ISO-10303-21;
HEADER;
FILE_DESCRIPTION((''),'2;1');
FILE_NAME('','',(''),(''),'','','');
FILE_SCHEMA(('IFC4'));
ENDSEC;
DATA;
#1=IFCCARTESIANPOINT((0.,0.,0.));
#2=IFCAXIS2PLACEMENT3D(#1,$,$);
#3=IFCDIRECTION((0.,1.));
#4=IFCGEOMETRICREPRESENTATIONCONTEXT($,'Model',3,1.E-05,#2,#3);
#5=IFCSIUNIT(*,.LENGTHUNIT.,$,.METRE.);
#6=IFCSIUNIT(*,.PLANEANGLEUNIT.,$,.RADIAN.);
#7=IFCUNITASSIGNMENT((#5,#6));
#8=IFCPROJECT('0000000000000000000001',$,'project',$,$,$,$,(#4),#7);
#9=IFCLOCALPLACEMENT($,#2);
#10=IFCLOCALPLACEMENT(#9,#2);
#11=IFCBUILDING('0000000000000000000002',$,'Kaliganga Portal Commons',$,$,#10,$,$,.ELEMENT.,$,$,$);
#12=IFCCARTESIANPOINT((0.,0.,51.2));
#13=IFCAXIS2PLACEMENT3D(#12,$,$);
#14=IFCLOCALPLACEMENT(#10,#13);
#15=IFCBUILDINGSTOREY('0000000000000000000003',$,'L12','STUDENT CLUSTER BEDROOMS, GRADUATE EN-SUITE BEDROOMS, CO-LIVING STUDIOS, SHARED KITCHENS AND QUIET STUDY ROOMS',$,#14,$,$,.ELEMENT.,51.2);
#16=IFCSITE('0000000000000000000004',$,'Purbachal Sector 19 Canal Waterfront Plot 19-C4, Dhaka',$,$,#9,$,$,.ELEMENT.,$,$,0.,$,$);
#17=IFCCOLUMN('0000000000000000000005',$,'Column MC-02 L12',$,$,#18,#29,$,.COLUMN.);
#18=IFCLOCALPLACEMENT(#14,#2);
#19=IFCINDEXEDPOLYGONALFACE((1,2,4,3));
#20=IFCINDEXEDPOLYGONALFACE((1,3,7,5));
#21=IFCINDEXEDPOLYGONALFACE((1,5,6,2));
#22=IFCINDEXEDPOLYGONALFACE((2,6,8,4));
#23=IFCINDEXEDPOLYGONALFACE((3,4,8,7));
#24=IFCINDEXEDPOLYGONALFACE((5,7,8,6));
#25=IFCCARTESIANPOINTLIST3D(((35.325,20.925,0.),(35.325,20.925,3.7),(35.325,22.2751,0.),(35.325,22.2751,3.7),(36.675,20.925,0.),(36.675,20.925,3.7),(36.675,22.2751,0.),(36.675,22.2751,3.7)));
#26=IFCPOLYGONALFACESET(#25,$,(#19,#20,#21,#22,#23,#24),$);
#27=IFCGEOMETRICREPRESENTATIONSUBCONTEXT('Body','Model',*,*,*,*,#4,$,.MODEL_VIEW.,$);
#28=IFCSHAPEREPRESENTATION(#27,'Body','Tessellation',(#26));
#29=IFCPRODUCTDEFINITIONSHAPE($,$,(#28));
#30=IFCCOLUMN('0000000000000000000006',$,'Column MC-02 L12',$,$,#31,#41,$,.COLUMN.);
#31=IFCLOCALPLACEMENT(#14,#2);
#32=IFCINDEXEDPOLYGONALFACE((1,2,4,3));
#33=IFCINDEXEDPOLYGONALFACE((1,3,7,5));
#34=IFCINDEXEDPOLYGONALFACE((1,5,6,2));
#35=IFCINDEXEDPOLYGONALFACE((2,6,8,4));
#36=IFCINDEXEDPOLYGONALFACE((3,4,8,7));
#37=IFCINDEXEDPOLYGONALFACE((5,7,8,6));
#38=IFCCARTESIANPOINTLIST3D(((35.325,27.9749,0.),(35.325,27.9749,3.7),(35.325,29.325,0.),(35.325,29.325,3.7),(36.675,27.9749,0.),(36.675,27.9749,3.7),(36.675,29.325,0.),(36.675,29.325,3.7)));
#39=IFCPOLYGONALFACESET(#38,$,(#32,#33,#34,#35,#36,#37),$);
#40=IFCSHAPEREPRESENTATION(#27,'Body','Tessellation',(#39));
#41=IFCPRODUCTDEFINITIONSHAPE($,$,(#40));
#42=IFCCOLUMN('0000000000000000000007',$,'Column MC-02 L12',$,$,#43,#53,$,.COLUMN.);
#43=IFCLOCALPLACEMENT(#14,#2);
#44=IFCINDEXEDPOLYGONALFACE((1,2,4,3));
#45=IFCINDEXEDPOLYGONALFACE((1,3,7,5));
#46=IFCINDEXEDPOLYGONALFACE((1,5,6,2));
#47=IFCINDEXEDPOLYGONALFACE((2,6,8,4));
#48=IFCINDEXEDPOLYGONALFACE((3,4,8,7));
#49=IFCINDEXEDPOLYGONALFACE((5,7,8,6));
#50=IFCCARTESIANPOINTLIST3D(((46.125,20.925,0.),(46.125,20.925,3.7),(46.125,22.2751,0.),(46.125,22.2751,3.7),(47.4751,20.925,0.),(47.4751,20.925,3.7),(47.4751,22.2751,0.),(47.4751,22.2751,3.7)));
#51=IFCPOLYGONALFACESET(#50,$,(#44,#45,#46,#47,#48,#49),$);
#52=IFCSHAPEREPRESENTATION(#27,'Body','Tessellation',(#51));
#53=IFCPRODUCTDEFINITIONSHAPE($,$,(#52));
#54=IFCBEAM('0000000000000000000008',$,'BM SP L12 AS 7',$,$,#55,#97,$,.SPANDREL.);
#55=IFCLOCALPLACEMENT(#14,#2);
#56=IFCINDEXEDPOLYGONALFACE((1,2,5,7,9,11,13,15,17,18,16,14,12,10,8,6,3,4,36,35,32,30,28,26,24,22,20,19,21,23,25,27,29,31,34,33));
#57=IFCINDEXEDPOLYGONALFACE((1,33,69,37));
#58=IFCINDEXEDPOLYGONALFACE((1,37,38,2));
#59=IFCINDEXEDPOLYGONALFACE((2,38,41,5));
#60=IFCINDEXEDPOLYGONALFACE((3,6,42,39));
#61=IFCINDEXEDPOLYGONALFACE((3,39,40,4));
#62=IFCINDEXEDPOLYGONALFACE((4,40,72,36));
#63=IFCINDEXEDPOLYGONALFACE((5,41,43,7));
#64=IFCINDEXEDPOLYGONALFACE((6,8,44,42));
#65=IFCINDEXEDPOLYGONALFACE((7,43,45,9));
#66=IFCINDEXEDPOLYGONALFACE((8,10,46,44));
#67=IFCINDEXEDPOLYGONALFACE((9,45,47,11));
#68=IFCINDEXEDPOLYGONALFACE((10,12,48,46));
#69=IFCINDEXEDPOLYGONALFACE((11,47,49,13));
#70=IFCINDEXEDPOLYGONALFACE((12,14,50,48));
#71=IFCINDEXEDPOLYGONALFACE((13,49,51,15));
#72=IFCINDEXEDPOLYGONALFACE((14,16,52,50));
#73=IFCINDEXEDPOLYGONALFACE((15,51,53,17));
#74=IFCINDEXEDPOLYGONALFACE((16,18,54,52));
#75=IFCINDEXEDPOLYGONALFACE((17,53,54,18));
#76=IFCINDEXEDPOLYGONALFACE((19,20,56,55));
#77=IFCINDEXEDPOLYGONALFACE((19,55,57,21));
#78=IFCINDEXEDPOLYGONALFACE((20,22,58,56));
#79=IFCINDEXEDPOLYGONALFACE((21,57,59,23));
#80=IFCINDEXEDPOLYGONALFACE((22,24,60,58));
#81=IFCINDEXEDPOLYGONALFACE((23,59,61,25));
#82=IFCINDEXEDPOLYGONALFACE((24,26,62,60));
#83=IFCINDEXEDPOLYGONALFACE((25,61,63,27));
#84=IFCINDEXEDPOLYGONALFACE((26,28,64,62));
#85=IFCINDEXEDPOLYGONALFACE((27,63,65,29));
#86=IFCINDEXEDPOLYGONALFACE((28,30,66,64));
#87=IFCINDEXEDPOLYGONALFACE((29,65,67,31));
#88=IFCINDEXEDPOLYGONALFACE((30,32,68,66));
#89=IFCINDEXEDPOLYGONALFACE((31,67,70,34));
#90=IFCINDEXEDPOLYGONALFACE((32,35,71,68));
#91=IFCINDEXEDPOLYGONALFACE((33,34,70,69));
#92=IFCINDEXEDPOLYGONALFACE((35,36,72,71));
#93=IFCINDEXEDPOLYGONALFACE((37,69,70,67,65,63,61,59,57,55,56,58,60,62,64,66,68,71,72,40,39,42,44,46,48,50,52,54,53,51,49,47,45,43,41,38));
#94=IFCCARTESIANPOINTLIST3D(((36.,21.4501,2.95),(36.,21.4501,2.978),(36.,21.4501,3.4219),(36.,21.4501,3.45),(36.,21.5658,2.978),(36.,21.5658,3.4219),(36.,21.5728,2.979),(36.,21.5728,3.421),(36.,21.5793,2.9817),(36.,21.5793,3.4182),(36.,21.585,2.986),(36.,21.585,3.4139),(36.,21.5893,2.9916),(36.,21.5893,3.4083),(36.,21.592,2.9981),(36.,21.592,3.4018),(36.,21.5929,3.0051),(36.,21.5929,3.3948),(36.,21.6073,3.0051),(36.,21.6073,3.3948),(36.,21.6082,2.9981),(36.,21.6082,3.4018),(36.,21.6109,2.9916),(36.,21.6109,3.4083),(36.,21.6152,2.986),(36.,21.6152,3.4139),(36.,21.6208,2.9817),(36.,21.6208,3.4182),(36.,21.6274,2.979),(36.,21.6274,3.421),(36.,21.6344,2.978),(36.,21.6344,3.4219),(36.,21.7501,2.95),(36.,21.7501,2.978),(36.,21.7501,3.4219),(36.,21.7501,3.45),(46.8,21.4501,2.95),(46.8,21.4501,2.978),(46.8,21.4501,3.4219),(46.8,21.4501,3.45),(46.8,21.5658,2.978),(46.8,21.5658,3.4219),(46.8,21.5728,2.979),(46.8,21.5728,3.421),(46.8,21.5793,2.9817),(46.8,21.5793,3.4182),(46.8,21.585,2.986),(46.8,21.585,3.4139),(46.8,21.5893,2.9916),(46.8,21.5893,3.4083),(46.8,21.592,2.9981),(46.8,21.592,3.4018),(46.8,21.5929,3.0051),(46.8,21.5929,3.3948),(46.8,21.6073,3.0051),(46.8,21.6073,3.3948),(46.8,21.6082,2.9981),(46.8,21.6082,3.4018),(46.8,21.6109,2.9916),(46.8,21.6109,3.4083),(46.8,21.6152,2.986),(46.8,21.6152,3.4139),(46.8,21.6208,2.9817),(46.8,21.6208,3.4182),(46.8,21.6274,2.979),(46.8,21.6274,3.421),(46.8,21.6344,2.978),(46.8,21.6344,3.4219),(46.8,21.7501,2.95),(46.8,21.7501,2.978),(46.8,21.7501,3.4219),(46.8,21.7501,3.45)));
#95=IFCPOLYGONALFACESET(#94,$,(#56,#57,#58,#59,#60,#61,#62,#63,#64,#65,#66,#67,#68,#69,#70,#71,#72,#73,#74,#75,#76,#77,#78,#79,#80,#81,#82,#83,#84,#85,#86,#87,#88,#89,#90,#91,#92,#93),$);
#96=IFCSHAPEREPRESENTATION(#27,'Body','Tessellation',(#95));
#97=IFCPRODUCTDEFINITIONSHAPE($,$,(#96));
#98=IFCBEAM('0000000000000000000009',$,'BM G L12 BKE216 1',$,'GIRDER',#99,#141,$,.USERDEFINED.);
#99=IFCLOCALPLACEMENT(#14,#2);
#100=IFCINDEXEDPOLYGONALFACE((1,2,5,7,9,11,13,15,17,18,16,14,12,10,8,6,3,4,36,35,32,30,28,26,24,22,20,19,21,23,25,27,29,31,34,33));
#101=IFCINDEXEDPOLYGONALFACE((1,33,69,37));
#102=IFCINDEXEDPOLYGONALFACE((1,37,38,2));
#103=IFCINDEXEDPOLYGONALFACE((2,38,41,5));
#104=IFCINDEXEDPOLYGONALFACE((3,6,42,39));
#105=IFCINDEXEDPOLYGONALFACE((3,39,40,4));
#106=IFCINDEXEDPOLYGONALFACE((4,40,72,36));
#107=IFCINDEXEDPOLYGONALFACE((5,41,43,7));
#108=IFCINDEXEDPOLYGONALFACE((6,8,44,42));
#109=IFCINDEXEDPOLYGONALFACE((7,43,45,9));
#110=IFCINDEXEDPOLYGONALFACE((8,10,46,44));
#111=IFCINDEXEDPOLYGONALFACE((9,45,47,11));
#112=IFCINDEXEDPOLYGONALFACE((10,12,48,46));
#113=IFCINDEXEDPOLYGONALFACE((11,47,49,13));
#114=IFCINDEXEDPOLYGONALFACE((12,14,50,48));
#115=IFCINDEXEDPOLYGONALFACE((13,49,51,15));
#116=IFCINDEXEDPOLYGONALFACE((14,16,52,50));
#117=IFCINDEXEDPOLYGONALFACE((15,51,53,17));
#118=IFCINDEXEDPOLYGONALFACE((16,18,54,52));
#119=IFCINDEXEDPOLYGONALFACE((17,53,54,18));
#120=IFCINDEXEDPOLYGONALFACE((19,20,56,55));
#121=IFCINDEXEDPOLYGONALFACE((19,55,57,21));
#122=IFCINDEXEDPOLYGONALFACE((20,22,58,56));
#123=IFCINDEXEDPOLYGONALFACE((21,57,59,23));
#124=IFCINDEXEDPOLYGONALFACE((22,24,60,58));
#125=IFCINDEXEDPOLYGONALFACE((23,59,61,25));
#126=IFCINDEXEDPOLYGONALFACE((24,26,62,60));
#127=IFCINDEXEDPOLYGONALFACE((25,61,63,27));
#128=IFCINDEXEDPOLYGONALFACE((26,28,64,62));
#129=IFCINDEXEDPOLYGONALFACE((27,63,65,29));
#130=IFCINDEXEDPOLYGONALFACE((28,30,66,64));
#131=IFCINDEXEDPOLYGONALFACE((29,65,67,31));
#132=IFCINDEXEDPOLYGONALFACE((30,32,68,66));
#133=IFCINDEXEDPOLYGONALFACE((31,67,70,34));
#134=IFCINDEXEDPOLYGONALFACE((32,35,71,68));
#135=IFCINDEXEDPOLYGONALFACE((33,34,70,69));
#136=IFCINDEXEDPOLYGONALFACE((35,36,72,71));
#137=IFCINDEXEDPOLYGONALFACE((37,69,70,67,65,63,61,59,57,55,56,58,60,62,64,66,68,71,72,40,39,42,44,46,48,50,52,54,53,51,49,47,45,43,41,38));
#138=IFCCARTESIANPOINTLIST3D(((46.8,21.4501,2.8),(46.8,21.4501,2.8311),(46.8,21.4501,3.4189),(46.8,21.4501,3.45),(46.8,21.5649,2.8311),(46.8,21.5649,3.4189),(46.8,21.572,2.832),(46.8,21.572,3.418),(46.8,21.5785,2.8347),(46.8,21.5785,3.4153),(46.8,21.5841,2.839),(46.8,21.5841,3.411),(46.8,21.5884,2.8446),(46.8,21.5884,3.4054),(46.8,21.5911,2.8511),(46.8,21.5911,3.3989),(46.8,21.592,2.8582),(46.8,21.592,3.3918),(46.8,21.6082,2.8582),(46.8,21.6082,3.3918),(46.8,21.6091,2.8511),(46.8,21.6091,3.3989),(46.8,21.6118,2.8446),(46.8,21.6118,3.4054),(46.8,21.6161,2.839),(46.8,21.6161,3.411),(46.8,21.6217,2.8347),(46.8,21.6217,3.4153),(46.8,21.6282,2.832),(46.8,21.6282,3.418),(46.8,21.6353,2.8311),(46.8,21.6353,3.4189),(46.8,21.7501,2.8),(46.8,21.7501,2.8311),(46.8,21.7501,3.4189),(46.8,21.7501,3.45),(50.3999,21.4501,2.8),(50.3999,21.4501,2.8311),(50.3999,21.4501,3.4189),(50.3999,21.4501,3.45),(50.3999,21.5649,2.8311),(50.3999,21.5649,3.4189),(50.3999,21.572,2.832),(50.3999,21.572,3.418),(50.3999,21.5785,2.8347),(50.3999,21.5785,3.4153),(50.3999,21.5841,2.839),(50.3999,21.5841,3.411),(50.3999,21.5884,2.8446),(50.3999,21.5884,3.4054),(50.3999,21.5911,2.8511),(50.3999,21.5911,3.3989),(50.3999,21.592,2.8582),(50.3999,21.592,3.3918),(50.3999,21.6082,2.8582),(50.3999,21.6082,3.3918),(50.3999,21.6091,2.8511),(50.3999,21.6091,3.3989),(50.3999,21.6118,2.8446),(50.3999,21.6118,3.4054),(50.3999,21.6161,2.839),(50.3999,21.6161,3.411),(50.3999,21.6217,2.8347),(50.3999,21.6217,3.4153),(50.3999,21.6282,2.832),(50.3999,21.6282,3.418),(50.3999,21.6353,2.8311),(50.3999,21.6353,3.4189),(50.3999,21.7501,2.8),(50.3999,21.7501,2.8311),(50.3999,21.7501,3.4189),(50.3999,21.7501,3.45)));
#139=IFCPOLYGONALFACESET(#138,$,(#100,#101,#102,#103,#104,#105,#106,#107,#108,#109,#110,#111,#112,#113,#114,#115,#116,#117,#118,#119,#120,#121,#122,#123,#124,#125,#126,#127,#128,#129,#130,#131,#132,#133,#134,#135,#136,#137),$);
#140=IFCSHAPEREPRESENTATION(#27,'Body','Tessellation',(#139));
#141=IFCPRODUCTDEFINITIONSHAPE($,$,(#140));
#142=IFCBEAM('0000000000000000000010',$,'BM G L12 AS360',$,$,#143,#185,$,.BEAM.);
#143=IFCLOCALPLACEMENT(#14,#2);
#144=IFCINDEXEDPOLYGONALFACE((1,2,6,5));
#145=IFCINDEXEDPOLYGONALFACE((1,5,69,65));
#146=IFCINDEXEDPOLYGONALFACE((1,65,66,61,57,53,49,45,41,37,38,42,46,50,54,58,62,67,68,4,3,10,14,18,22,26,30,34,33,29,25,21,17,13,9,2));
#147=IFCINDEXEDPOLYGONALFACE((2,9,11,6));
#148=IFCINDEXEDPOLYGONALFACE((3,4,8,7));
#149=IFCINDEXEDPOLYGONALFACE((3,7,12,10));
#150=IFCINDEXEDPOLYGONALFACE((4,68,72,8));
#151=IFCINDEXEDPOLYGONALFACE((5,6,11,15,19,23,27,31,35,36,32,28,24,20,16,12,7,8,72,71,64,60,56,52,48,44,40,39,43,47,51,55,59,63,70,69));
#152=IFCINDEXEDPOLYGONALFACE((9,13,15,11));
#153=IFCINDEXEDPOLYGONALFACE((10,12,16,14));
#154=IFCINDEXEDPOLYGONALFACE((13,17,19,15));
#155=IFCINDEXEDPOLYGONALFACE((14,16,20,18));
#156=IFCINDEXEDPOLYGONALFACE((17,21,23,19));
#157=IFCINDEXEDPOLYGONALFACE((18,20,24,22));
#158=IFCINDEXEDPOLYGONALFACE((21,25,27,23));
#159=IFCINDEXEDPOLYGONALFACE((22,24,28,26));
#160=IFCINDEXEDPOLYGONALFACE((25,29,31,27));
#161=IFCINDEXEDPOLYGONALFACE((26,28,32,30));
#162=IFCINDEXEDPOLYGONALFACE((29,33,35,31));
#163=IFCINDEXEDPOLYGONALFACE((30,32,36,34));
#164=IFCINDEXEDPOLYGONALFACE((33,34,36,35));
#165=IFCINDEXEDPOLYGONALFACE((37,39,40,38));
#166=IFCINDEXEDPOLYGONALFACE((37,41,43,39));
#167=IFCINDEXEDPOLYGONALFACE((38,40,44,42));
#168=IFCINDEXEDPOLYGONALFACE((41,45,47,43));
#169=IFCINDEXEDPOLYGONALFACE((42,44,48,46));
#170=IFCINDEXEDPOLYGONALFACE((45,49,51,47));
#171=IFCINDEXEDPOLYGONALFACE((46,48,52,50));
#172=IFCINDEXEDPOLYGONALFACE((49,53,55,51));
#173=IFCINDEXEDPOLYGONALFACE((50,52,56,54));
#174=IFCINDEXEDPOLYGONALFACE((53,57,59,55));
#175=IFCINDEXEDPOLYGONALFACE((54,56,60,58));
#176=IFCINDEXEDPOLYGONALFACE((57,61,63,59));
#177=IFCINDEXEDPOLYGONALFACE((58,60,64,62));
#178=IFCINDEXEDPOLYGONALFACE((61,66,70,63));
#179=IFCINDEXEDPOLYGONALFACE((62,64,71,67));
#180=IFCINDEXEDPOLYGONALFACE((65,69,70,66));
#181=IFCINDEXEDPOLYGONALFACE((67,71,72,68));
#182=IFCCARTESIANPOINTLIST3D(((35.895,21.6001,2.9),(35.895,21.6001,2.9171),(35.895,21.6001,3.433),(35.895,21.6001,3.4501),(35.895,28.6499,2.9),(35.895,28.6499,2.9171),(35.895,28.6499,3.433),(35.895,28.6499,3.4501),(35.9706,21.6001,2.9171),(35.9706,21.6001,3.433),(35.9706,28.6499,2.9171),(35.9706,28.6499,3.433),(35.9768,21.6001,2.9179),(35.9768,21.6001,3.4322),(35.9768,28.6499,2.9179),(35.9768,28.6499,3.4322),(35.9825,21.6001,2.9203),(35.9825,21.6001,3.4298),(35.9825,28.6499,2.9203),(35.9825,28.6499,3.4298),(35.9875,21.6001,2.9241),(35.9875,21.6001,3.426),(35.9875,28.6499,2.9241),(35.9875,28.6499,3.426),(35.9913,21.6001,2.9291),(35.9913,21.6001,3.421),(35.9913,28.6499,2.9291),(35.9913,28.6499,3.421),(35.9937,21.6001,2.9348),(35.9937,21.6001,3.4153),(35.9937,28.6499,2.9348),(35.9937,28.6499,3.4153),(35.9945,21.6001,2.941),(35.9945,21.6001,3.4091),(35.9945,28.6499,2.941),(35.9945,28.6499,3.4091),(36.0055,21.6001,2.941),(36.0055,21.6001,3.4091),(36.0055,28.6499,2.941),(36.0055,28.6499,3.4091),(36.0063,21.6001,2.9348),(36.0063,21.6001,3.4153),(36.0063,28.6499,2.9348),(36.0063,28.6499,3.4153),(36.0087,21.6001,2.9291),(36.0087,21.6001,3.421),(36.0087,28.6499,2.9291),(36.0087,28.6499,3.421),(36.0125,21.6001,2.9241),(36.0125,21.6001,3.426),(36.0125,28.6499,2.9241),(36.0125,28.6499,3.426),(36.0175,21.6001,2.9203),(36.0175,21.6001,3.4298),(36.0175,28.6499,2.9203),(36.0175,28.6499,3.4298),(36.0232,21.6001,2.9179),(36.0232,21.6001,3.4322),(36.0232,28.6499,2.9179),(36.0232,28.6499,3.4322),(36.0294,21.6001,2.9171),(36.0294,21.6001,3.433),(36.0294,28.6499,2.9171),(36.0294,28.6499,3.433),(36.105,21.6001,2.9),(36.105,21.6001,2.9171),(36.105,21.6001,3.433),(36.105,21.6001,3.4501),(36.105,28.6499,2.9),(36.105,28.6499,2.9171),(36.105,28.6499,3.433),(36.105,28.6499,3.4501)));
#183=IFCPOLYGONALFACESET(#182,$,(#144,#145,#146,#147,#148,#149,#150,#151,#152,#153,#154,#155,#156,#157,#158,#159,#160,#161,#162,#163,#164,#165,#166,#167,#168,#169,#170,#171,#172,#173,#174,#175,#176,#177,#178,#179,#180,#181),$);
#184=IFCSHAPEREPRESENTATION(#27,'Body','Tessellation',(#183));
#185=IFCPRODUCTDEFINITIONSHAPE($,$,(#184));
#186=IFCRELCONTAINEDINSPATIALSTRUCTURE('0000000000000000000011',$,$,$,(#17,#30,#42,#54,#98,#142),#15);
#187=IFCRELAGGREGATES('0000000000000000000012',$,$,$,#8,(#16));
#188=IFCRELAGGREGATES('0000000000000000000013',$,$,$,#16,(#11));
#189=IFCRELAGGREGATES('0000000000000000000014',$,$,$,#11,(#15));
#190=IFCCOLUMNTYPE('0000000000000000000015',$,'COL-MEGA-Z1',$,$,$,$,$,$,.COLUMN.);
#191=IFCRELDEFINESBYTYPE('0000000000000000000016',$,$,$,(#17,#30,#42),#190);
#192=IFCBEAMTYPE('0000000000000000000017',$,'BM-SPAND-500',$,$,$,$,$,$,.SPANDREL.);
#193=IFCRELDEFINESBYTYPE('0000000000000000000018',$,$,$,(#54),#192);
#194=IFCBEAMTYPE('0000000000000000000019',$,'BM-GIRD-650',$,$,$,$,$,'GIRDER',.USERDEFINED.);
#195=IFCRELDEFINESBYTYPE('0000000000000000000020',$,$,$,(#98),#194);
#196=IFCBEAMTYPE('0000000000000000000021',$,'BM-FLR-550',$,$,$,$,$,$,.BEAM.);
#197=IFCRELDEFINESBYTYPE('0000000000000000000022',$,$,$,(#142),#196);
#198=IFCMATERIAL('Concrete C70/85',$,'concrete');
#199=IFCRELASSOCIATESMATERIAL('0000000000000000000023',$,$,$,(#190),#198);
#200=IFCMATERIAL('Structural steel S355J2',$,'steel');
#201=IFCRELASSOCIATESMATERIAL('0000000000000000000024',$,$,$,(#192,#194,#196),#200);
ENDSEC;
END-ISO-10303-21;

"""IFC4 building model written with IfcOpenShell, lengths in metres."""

from ifc_helpers import new_model, si_unit, direction, frame, origin, origin_2d, place, context, subcontext, project, spatial, rectangle, i_section, extrude, source, transform, mapped, material, material_profile, profile_set, type_object, element, save


model = new_model("IFC4")

# Units and contexts
model_context = context("Model", 3, precision=1e-05, world=origin(), true_north=direction((0.0, 1.0)))
body_context = subcontext(model_context, "Body", "Model", "MODEL_VIEW")
ifc_project = project(units=[si_unit("LENGTHUNIT", "METRE"), si_unit("PLANEANGLEUNIT", "RADIAN")], contexts=[model_context])

# Site, building, storey
site_placement = place(None, origin())
site = spatial("IfcSite", under=ifc_project, at=site_placement, Name="Purbachal Sector 19 Canal Waterfront Plot 19-C4, Dhaka", CompositionType="ELEMENT", RefElevation=0.0)
building_placement = place(site_placement, origin())
building = spatial("IfcBuilding", under=site, at=building_placement, Name="Kaliganga Portal Commons", CompositionType="ELEMENT")
storey_placement = place(building_placement, frame((0.0, 0.0, 51.2)))
storey = spatial("IfcBuildingStorey", under=building, at=storey_placement, Name="L12", Description="STUDENT CLUSTER BEDROOMS, GRADUATE EN-SUITE BEDROOMS, CO-LIVING STUDIOS, SHARED KITCHENS AND QUIET STUDY ROOMS", CompositionType="ELEMENT", Elevation=51.2)

# Columns
ifc_material_1 = material(Name="Concrete C70/85", Category="concrete")
ifc_material_profile_1 = material_profile(ifc_material_1, rectangle(XDim=1.3501, YDim=1.3501, at=origin_2d()), Name="RC 1350x1350")
ifc_profile_set_1 = profile_set([ifc_material_profile_1], Name="Concrete C70/85")
column_type = type_object("IfcColumnType", Name="COL-MEGA-Z1", PredefinedType="COLUMN", material=ifc_profile_set_1)
shared_shape_1 = source(origin(), body_context, "Body", "SweptSolid", [
    extrude(rectangle(XDim=1.3501, YDim=1.3501, at=origin_2d()), origin(), (0.0, 0.0, 1.0), 3.7),
])
for number, where, z_axis, x_axis, name in (
    (1, (36.0, 21.6001, 0.0), (0.0, 0.0, 1.0), (1.0, 0.0, 0.0), "Column MC-02 L12"),
    (2, (36.0, 28.6499, 0.0), (0.0, 0.0, 1.0), (1.0, 0.0, 0.0), "Column MC-02 L12"),
    (3, (46.8, 21.6001, 0.0), (0.0, 0.0, 1.0), (1.0, 0.0, 0.0), "Column MC-02 L12"),
):
    element("IfcColumn", number, at=place(storey_placement, frame(where, z_axis=z_axis, x_axis=x_axis)), inside=storey, type_object=column_type, Name=name, PredefinedType="COLUMN", context=body_context, shape_type="MappedRepresentation", body=[
        mapped(shared_shape_1, transform((0.0, 0.0, 0.0), x_axis=(1.0, 0.0, 0.0), y_axis=(0.0, 1.0, 0.0), z_axis=(0.0, 0.0, 1.0), scale=1.0)),
    ])

# Beams
ifc_material_2 = material(Name="Structural steel S355J2", Category="steel")
ifc_material_profile_2 = material_profile(ifc_material_2, i_section(OverallWidth=0.3, OverallDepth=0.5, WebThickness=0.0144, FlangeThickness=0.0281, FilletRadius=0.0271, at=origin_2d()), Name="HE 500 B")
ifc_profile_set_2 = profile_set([ifc_material_profile_2], Name="Structural steel S355J2 wide-flange")
beam_type_1 = type_object("IfcBeamType", Name="BM-SPAND-500", PredefinedType="SPANDREL", material=ifc_profile_set_2)
shared_shape_2 = source(origin(), body_context, "Body", "SweptSolid", [
    extrude(i_section(OverallWidth=0.3, OverallDepth=0.5, WebThickness=0.0144, FlangeThickness=0.0281, FilletRadius=0.0271, at=origin_2d()), origin(), (0.0, 0.0, 1.0), 10.8),
])
beam_1_placement = place(storey_placement, frame((36.0, 21.6001, 3.2), z_axis=(1.0, 0.0, 0.0), x_axis=(0.0, 1.0, 0.0)))
element("IfcBeam", 4, at=beam_1_placement, inside=storey, type_object=beam_type_1, Name="BM SP L12 AS 7", PredefinedType="SPANDREL", context=body_context, shape_type="MappedRepresentation", body=[
    mapped(shared_shape_2, transform((0.0, 0.0, 0.0), x_axis=(1.0, 0.0, 0.0), y_axis=(0.0, 1.0, 0.0), z_axis=(0.0, 0.0, 1.0), scale=1.0)),
])
ifc_material_profile_3 = material_profile(ifc_material_2, i_section(OverallWidth=0.3, OverallDepth=0.6499, WebThickness=0.0161, FlangeThickness=0.031, FilletRadius=0.0271, at=origin_2d()), Name="HE 650 B")
ifc_profile_set_3 = profile_set([ifc_material_profile_3], Name="Structural steel S355J2 wide-flange")
beam_type_2 = type_object("IfcBeamType", Name="BM-GIRD-650", ElementType="GIRDER", PredefinedType="USERDEFINED", material=ifc_profile_set_3)
shared_shape_3 = source(origin(), body_context, "Body", "SweptSolid", [
    extrude(i_section(OverallWidth=0.3, OverallDepth=0.6499, WebThickness=0.0161, FlangeThickness=0.031, FilletRadius=0.0271, at=origin_2d()), origin(), (0.0, 0.0, 1.0), 3.5999),
])
beam_2_placement = place(storey_placement, frame((46.8, 21.6001, 3.125), z_axis=(1.0, 0.0, 0.0), x_axis=(0.0, 1.0, 0.0)))
element("IfcBeam", 5, at=beam_2_placement, inside=storey, type_object=beam_type_2, Name="BM G L12 BKE216 1", ObjectType="GIRDER", PredefinedType="USERDEFINED", context=body_context, shape_type="MappedRepresentation", body=[
    mapped(shared_shape_3, transform((0.0, 0.0, 0.0), x_axis=(1.0, 0.0, 0.0), y_axis=(0.0, 1.0, 0.0), z_axis=(0.0, 0.0, 1.0), scale=1.0)),
])
ifc_material_profile_4 = material_profile(ifc_material_2, i_section(OverallWidth=0.21, OverallDepth=0.55, WebThickness=0.011, FlangeThickness=0.0171, FilletRadius=0.0239, at=origin_2d()), Name="IPE 550")
ifc_profile_set_4 = profile_set([ifc_material_profile_4], Name="Structural steel S355J2 wide-flange")
beam_type_3 = type_object("IfcBeamType", Name="BM-FLR-550", PredefinedType="BEAM", material=ifc_profile_set_4)
shared_shape_4 = source(origin(), body_context, "Body", "SweptSolid", [
    extrude(i_section(OverallWidth=0.21, OverallDepth=0.55, WebThickness=0.011, FlangeThickness=0.0171, FilletRadius=0.0239, at=origin_2d()), origin(), (0.0, 0.0, 1.0), 7.0498),
])
for number, where, z_axis, x_axis, name in (
    (6, (36.0, 21.6001, 3.175), (0.0, 1.0, 0.0), (-1.0, 0.0, 0.0), "BM G L12 AS360"),
):
    element("IfcBeam", number, at=place(storey_placement, frame(where, z_axis=z_axis, x_axis=x_axis)), inside=storey, type_object=beam_type_3, Name=name, PredefinedType="BEAM", context=body_context, shape_type="MappedRepresentation", body=[
        mapped(shared_shape_4, transform((0.0, 0.0, 0.0), x_axis=(1.0, 0.0, 0.0), y_axis=(0.0, 1.0, 0.0), z_axis=(0.0, 0.0, 1.0), scale=1.0)),
    ])

save(model, "model.ifc")
